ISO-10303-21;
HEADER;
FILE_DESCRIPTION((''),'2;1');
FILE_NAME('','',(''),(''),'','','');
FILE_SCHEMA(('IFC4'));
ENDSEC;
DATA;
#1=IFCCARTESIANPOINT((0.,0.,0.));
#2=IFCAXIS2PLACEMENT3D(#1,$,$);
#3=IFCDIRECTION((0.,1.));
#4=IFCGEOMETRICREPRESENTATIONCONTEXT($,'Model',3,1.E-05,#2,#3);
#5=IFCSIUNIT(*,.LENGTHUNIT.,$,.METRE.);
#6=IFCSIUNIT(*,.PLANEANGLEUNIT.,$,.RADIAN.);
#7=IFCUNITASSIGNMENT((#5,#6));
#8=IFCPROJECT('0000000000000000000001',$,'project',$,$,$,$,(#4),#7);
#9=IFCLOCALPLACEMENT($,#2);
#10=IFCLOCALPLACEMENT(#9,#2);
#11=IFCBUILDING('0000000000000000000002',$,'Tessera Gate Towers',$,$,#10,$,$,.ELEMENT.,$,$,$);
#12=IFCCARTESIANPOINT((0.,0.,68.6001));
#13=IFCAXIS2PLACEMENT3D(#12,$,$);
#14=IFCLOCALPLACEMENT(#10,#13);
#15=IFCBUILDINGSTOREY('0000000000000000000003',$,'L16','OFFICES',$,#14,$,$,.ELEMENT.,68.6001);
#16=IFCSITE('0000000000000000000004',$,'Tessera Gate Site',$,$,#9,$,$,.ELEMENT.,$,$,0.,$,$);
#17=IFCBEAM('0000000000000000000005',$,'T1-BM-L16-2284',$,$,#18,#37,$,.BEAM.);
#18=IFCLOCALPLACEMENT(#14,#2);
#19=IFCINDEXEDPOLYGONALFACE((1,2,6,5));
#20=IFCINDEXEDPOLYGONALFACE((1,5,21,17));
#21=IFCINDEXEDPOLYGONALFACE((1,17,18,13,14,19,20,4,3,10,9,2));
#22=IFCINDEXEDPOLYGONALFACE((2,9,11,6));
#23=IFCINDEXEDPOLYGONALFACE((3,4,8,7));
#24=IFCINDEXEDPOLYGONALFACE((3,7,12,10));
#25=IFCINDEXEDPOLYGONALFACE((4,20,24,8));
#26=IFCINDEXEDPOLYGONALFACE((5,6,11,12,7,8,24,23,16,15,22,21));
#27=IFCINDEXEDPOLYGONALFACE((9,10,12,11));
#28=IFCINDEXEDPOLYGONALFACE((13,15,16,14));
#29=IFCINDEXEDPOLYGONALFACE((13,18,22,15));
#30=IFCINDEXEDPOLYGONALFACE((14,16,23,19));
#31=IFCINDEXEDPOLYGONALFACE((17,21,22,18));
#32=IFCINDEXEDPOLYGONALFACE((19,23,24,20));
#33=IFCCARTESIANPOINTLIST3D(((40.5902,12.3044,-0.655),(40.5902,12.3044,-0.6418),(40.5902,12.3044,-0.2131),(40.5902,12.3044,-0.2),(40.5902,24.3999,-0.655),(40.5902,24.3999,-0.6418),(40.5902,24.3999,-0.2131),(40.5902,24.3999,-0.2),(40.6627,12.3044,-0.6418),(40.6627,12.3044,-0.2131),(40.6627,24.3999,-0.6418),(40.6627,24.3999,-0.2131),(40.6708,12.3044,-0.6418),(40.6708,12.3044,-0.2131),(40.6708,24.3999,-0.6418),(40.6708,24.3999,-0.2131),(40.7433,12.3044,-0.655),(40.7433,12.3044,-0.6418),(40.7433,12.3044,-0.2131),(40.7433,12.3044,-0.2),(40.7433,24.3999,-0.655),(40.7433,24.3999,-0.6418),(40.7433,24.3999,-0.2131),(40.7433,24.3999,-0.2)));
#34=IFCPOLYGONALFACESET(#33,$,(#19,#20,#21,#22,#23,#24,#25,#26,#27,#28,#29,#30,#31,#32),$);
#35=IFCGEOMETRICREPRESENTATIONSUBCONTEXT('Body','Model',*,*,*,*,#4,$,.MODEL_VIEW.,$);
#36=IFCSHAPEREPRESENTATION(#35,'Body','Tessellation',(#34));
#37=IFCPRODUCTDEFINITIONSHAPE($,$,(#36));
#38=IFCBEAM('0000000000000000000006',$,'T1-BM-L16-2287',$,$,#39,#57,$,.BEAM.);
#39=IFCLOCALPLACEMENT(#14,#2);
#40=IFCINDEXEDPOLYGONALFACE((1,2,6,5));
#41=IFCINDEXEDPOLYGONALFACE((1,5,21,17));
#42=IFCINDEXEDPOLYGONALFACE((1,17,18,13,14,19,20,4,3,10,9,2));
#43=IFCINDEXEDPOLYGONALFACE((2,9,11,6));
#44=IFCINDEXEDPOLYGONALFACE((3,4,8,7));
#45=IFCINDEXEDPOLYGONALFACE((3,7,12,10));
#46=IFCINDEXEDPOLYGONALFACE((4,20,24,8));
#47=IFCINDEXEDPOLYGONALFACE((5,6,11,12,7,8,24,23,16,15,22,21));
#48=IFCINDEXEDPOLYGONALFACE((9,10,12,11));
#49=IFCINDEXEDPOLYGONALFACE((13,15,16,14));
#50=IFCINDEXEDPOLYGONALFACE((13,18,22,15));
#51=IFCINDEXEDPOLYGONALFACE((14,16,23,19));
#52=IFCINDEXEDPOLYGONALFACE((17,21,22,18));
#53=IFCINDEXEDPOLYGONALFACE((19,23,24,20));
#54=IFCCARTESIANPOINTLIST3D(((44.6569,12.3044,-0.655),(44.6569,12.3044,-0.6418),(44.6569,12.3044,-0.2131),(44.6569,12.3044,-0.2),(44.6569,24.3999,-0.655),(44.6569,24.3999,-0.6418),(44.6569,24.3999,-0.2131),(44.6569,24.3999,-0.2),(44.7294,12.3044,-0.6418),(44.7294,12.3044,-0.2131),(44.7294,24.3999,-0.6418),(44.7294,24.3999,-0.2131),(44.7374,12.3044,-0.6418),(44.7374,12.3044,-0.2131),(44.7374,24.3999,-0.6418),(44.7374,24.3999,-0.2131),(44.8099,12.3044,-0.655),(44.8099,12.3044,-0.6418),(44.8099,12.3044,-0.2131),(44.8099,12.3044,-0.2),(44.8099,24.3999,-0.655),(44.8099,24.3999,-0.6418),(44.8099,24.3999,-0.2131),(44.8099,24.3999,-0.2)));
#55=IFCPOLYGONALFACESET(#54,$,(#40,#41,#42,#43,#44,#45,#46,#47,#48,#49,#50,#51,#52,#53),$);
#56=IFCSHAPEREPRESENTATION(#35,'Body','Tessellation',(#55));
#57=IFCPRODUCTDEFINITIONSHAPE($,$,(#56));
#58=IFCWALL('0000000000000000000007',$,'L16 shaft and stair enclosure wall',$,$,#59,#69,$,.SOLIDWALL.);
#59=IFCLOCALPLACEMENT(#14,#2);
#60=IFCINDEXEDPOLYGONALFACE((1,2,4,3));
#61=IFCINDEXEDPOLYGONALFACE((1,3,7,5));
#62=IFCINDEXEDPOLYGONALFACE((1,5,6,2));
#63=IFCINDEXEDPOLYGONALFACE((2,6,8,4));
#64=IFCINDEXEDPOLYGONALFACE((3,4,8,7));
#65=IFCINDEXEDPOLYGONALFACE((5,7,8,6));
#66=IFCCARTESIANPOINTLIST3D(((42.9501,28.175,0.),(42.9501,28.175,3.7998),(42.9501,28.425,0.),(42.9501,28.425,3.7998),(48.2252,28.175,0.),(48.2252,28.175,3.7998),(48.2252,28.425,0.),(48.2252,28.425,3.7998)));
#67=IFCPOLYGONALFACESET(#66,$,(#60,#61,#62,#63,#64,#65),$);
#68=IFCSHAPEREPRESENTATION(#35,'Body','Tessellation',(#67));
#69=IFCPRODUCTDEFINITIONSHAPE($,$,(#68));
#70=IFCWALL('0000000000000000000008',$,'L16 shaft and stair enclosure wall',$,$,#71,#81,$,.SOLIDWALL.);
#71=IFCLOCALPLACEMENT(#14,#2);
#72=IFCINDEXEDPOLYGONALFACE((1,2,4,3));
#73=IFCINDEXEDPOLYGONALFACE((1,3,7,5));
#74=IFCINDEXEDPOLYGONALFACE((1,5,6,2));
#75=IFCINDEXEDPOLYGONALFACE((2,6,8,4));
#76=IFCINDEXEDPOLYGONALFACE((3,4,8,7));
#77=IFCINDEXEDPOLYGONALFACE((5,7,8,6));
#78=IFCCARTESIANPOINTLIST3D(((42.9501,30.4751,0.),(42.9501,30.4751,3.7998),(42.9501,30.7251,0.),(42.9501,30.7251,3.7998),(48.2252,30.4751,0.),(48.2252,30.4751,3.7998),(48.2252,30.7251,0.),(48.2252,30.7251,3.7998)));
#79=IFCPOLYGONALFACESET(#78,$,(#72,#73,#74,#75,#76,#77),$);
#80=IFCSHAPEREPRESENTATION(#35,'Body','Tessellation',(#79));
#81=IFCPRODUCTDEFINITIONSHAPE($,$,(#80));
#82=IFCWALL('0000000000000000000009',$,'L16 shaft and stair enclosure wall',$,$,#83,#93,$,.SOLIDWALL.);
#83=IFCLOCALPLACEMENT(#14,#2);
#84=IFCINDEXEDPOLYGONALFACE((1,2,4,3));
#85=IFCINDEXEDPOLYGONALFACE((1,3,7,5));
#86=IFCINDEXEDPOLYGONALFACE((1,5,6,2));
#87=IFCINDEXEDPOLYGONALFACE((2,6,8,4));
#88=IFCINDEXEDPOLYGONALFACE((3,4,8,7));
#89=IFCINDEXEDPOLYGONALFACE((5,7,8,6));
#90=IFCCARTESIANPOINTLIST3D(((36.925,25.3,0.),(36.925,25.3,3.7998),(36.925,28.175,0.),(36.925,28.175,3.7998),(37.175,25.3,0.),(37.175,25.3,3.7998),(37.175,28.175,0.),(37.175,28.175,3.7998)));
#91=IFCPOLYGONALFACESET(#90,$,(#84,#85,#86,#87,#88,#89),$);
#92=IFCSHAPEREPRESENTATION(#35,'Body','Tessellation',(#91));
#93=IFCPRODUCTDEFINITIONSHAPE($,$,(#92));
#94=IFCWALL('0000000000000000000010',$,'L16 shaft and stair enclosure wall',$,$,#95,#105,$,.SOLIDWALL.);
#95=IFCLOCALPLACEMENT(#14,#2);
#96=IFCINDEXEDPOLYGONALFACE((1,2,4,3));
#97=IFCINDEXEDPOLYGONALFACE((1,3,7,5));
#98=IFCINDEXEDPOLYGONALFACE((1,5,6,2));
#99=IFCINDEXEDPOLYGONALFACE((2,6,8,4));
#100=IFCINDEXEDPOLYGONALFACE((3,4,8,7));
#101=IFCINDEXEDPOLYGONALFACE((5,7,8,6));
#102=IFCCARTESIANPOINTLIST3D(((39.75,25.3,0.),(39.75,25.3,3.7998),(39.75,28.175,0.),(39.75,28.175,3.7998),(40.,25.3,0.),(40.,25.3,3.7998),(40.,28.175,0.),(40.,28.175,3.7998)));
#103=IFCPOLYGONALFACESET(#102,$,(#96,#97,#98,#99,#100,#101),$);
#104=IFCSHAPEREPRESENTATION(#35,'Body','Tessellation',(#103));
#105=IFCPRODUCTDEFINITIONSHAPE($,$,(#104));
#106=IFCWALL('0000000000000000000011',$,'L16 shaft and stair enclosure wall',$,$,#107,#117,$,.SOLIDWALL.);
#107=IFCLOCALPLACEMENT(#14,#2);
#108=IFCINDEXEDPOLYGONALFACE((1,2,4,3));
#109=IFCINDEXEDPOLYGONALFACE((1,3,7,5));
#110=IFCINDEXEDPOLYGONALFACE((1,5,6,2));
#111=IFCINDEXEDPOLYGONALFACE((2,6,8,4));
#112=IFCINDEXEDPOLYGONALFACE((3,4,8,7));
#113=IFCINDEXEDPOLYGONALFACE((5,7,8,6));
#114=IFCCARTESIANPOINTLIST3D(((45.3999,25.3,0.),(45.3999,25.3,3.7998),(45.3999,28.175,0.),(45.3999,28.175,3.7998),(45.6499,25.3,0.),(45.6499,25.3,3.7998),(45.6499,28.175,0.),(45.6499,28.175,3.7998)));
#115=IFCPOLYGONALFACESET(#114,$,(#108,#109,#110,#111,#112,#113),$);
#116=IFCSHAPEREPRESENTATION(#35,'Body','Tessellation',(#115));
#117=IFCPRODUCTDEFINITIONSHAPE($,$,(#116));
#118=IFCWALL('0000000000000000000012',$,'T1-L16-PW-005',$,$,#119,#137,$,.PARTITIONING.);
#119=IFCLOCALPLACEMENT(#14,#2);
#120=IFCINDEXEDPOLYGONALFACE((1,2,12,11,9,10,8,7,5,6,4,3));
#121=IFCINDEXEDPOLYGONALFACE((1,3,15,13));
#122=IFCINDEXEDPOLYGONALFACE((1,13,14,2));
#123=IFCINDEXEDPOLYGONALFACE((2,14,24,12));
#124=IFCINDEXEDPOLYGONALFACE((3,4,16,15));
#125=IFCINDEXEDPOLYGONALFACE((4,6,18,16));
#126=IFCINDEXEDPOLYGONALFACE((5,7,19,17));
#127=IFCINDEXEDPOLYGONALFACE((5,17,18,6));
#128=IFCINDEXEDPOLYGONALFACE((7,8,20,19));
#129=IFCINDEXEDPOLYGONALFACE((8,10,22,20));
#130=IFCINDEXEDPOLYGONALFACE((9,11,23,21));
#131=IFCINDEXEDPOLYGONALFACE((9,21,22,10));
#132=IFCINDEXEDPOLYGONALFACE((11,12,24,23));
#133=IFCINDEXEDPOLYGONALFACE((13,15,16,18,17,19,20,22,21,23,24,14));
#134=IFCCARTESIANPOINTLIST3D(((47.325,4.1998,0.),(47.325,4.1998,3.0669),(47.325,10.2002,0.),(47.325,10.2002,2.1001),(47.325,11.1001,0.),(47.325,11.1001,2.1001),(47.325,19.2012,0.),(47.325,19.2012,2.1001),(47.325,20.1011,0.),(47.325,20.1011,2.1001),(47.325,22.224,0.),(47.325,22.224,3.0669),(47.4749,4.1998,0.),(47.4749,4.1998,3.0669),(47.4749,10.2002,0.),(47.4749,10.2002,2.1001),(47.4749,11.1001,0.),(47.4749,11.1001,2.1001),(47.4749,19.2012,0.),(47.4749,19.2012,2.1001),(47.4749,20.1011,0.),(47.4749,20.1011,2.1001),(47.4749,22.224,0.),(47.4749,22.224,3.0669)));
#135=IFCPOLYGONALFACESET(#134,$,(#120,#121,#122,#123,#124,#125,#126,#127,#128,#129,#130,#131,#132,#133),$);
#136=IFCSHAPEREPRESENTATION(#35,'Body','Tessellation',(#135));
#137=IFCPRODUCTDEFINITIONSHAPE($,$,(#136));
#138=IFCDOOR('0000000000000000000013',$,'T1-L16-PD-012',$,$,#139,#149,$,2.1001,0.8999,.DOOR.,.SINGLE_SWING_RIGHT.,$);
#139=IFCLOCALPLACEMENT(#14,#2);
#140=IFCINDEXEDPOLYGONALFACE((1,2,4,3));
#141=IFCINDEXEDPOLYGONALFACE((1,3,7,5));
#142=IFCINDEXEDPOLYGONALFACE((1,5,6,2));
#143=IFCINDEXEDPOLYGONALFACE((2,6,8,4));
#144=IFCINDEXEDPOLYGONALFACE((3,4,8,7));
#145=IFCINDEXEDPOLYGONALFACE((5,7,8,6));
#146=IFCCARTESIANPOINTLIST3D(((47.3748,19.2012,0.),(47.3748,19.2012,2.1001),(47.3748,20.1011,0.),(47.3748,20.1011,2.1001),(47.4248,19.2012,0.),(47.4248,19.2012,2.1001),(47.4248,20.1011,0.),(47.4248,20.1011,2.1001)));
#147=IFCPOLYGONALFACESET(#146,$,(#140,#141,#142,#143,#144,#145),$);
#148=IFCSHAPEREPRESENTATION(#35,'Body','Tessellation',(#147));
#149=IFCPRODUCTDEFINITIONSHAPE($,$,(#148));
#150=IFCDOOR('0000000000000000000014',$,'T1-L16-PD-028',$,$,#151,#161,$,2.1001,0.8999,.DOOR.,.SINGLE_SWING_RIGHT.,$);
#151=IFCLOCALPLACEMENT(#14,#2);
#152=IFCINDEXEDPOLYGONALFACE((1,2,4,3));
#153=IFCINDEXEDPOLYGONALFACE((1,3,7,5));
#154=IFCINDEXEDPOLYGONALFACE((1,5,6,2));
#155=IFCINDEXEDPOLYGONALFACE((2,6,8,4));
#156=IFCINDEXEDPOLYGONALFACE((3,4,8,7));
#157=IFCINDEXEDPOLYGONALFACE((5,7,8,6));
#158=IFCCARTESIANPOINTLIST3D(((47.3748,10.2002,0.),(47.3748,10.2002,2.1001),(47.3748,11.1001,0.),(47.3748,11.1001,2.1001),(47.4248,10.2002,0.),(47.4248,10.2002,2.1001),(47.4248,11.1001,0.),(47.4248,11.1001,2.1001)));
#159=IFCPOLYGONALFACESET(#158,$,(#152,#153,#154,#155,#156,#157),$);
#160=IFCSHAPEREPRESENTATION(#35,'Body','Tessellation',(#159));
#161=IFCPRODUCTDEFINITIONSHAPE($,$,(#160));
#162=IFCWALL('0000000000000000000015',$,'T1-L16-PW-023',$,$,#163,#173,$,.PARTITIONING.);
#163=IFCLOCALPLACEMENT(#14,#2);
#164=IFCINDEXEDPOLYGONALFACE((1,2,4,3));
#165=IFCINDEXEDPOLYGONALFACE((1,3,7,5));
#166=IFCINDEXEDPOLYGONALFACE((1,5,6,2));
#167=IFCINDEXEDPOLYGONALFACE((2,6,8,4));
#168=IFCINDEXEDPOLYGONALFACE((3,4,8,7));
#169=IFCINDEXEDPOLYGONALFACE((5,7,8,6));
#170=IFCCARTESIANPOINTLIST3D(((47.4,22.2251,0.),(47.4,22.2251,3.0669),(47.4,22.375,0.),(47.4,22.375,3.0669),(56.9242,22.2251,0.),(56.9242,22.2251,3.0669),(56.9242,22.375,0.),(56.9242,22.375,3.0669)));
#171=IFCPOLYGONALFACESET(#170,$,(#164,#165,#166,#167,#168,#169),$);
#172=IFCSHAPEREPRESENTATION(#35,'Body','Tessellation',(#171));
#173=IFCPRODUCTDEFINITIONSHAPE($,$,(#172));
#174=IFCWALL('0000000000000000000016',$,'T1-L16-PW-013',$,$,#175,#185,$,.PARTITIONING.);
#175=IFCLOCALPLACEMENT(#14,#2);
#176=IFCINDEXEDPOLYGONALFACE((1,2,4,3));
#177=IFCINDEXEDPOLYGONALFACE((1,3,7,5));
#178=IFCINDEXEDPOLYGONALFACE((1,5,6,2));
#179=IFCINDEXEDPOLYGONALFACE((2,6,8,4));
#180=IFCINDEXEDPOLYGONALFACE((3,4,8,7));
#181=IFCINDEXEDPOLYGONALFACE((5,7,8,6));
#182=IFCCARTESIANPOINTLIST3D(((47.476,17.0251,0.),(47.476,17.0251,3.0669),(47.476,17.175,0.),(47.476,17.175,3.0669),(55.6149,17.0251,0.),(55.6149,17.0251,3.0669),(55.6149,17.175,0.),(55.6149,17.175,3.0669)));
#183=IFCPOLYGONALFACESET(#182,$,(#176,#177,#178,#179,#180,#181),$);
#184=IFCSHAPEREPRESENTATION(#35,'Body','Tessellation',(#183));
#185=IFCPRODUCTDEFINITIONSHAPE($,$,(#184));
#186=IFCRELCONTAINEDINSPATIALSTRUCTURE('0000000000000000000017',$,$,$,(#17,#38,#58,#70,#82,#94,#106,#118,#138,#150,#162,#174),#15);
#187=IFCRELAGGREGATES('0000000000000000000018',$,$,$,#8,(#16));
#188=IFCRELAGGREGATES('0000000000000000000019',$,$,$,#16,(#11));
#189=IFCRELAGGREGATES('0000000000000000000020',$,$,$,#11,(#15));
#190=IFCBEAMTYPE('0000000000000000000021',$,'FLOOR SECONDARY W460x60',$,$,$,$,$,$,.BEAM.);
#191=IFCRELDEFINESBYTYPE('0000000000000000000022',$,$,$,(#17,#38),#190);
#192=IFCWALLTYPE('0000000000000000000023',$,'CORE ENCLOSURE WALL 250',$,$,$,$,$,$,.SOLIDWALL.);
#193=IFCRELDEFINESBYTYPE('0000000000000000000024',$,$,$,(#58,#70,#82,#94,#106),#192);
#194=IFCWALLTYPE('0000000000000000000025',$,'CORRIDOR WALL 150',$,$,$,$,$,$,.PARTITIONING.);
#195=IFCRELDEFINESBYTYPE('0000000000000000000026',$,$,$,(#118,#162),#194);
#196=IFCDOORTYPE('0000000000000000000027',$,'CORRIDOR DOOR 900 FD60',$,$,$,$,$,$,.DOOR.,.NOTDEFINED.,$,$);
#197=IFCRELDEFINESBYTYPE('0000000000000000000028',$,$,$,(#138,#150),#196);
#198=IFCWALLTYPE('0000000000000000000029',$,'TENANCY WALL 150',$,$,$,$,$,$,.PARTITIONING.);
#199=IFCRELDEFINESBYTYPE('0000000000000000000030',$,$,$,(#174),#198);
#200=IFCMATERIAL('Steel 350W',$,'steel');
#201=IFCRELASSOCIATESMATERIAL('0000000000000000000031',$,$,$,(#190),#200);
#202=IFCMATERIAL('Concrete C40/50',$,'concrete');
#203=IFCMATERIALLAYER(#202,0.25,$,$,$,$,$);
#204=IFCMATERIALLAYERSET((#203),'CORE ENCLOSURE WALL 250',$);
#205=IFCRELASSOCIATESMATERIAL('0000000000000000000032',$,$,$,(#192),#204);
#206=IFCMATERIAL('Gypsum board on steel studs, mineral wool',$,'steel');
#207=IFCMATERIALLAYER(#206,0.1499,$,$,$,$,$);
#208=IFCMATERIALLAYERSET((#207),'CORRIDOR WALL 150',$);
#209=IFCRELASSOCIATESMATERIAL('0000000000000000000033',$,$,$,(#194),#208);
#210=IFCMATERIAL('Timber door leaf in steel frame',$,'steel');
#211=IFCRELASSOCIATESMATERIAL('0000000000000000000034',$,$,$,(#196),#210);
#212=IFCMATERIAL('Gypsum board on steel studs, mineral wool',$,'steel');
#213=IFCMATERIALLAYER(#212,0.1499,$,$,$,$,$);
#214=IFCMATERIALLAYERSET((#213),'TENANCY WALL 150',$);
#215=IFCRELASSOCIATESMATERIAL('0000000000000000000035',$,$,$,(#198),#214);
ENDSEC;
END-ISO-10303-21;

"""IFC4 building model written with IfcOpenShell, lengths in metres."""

from ifc_helpers import new_model, si_unit, direction, frame, frame_2d, origin, origin_2d, place, context, subcontext, project, spatial, rectangle, i_section, extrude, source, transform, mapped, material, layer, layer_set, material_profile, profile_set, type_object, element, fill, save


model = new_model("IFC4")

# Units and contexts
model_context = context("Model", 3, precision=1e-05, world=origin(), true_north=direction((0.0, 1.0)))
body_context = subcontext(model_context, "Body", "Model", "MODEL_VIEW")
ifc_project = project(units=[si_unit("LENGTHUNIT", "METRE"), si_unit("PLANEANGLEUNIT", "RADIAN")], contexts=[model_context])

# Site, building, storey
site_placement = place(None, origin())
site = spatial("IfcSite", under=ifc_project, at=site_placement, Name="Tessera Gate Site", CompositionType="ELEMENT", RefElevation=0.0)
building_placement = place(site_placement, origin())
building = spatial("IfcBuilding", under=site, at=building_placement, Name="Tessera Gate Towers", CompositionType="ELEMENT")
storey_placement = place(building_placement, frame((0.0, 0.0, 68.6001)))
storey = spatial("IfcBuildingStorey", under=building, at=storey_placement, Name="L16", Description="OFFICES", CompositionType="ELEMENT", Elevation=68.6001)

# Beams
ifc_material_1 = material(Name="Steel 350W", Category="steel")
ifc_material_profile = material_profile(ifc_material_1, i_section(OverallWidth=0.1531, OverallDepth=0.4551, WebThickness=0.0081, FlangeThickness=0.0132, at=origin_2d()), Name="W460x60")
ifc_profile_set = profile_set([ifc_material_profile], Name="Steel 350W")
beam_type = type_object("IfcBeamType", Name="FLOOR SECONDARY W460x60", PredefinedType="BEAM", material=ifc_profile_set)
for number, where, z_axis, x_axis, name in (
    (1, (40.6667, 12.3044, -0.4275), (0.0, 1.0, 0.0), (-1.0, 0.0, 0.0), "T1-BM-L16-2284"),
    (2, (44.7334, 12.3044, -0.4275), (0.0, 1.0, 0.0), (-1.0, 0.0, 0.0), "T1-BM-L16-2287"),
):
    element("IfcBeam", number, at=place(storey_placement, frame(where, z_axis=z_axis, x_axis=x_axis)), inside=storey, type_object=beam_type, Name=name, PredefinedType="BEAM", context=body_context, shape_type="SweptSolid", body=[
        extrude(i_section(OverallWidth=0.1531, OverallDepth=0.4551, WebThickness=0.0081, FlangeThickness=0.0132, at=origin_2d()), origin(), (0.0, 0.0, 1.0), 12.0955),
    ])

# Walls
ifc_material_2 = material(Name="Concrete C40/50", Category="concrete")
ifc_layer_1 = layer(ifc_material_2, 0.25)
ifc_layer_set_1 = layer_set([ifc_layer_1], Name="CORE ENCLOSURE WALL 250")
wall_type_1 = type_object("IfcWallType", Name="CORE ENCLOSURE WALL 250", PredefinedType="SOLIDWALL", material=ifc_layer_set_1)
for number, where, z_axis, x_axis, name in (
    (3, (42.95, 28.3, 0.0), (0.0, 0.0, 1.0), (1.0, 0.0, 0.0), "L16 shaft and stair enclosure wall"),
    (4, (42.95, 30.6001, 0.0), (0.0, 0.0, 1.0), (1.0, 0.0, 0.0), "L16 shaft and stair enclosure wall"),
):
    element("IfcWall", number, at=place(storey_placement, frame(where, z_axis=z_axis, x_axis=x_axis)), inside=storey, type_object=wall_type_1, Name=name, PredefinedType="SOLIDWALL", context=body_context, shape_type="SweptSolid", body=[
        extrude(rectangle(XDim=5.2751, YDim=0.25, at=frame_2d((2.6377, 0.0))), origin(), (0.0, 0.0, 1.0), 3.7998),
    ])
for number, where, z_axis, x_axis, name in (
    (5, (37.05, 25.3, 0.0), (0.0, 0.0, 1.0), (0.0, 1.0, 0.0), "L16 shaft and stair enclosure wall"),
    (6, (39.875, 25.3, 0.0), (0.0, 0.0, 1.0), (0.0, 1.0, 0.0), "L16 shaft and stair enclosure wall"),
    (7, (45.5249, 25.3, 0.0), (0.0, 0.0, 1.0), (0.0, 1.0, 0.0), "L16 shaft and stair enclosure wall"),
):
    element("IfcWall", number, at=place(storey_placement, frame(where, z_axis=z_axis, x_axis=x_axis)), inside=storey, type_object=wall_type_1, Name=name, PredefinedType="SOLIDWALL", context=body_context, shape_type="SweptSolid", body=[
        extrude(rectangle(XDim=2.875, YDim=0.25, at=frame_2d((1.4375, 0.0))), origin(), (0.0, 0.0, 1.0), 3.7998),
    ])

# Wall, openings, doors
ifc_material_3 = material(Name="Gypsum board on steel studs, mineral wool", Category="steel")
ifc_layer_2 = layer(ifc_material_3, 0.1499)
ifc_layer_set_2 = layer_set([ifc_layer_2], Name="CORRIDOR WALL 150")
wall_type_2 = type_object("IfcWallType", Name="CORRIDOR WALL 150", PredefinedType="PARTITIONING", material=ifc_layer_set_2)
wall_1_placement = place(storey_placement, frame((47.3999, 22.2241, 0.0), z_axis=(0.0, 0.0, 1.0), x_axis=(0.0, -1.0, 0.0)))
wall_1 = element("IfcWall", 8, at=wall_1_placement, inside=storey, type_object=wall_type_2, Name="T1-L16-PW-005", PredefinedType="PARTITIONING", context=body_context, shape_type="SweptSolid", body=[
    extrude(rectangle(XDim=18.0242, YDim=0.1499, at=frame_2d((9.0122, 0.0))), origin(), (0.0, 0.0, 1.0), 3.0669),
])
shared_shape_1 = source(origin(), body_context, "Body", "SweptSolid", [
    extrude(rectangle(XDim=0.8999, YDim=2.1001, at=frame_2d((0.45, 1.05))), frame((0.0, 0.085, 0.0), z_axis=(0.0, -1.0, 0.0), x_axis=(1.0, 0.0, 0.0)), (0.0, 0.0, 1.0), 0.1699),
])
opening_1_placement = place(wall_1_placement, frame((2.123, 0.0, 0.0)))
opening_1 = element("IfcOpeningElement", 9, at=opening_1_placement, cuts=wall_1, PredefinedType="OPENING", context=body_context, shape_type="MappedRepresentation", body=[
    mapped(shared_shape_1, transform((0.0, 0.0, 0.0), scale=1.0)),
])
opening_2_placement = place(wall_1_placement, frame((11.124, 0.0, 0.0)))
opening_2 = element("IfcOpeningElement", 10, at=opening_2_placement, cuts=wall_1, PredefinedType="OPENING", context=body_context, shape_type="MappedRepresentation", body=[
    mapped(shared_shape_1, transform((0.0, 0.0, 0.0), scale=1.0)),
])
ifc_material_4 = material(Name="Timber door leaf in steel frame", Category="steel")
door_type = type_object("IfcDoorType", Name="CORRIDOR DOOR 900 FD60", OperationType="NOTDEFINED", PredefinedType="DOOR", material=ifc_material_4)
shared_shape_2 = source(origin(), body_context, "Body", "SweptSolid", [
    extrude(rectangle(XDim=0.8999, YDim=2.1001, at=frame_2d((0.45, 1.05))), frame((0.0, 0.0249, 0.0), z_axis=(0.0, -1.0, 0.0), x_axis=(1.0, 0.0, 0.0)), (0.0, 0.0, 1.0), 0.05),
])
door_1_placement = place(opening_1_placement, origin())
door_1 = element("IfcDoor", 11, at=door_1_placement, inside=storey, type_object=door_type, Name="T1-L16-PD-012", OperationType="SINGLE_SWING_RIGHT", OverallHeight=2.1001, OverallWidth=0.8999, PredefinedType="DOOR", context=body_context, shape_type="MappedRepresentation", body=[
    mapped(shared_shape_2, transform((0.0, 0.0, 0.0), scale=1.0)),
])
fill(opening_1, door_1)
door_2_placement = place(opening_2_placement, origin())
door_2 = element("IfcDoor", 12, at=door_2_placement, inside=storey, type_object=door_type, Name="T1-L16-PD-028", OperationType="SINGLE_SWING_RIGHT", OverallHeight=2.1001, OverallWidth=0.8999, PredefinedType="DOOR", context=body_context, shape_type="MappedRepresentation", body=[
    mapped(shared_shape_2, transform((0.0, 0.0, 0.0), scale=1.0)),
])
fill(opening_2, door_2)

# Walls
wall_2_placement = place(storey_placement, frame((47.3999, 22.3, 0.0), z_axis=(0.0, 0.0, 1.0), x_axis=(1.0, 0.0, 0.0)))
element("IfcWall", 13, at=wall_2_placement, inside=storey, type_object=wall_type_2, Name="T1-L16-PW-023", PredefinedType="PARTITIONING", context=body_context, shape_type="SweptSolid", body=[
    extrude(rectangle(XDim=9.5242, YDim=0.1499, at=frame_2d((4.7622, 0.0))), origin(), (0.0, 0.0, 1.0), 3.0669),
])
ifc_material_5 = material(Name="Gypsum board on steel studs, mineral wool", Category="steel")
ifc_layer_3 = layer(ifc_material_5, 0.1499)
ifc_layer_set_3 = layer_set([ifc_layer_3], Name="TENANCY WALL 150")
wall_type_3 = type_object("IfcWallType", Name="TENANCY WALL 150", PredefinedType="PARTITIONING", material=ifc_layer_set_3)
wall_3_placement = place(storey_placement, frame((47.4761, 17.1001, 0.0), z_axis=(0.0, 0.0, 1.0), x_axis=(1.0, 0.0, 0.0)))
element("IfcWall", 14, at=wall_3_placement, inside=storey, type_object=wall_type_3, Name="T1-L16-PW-013", PredefinedType="PARTITIONING", context=body_context, shape_type="SweptSolid", body=[
    extrude(rectangle(XDim=8.1389, YDim=0.1499, at=frame_2d((4.0693, 0.0))), origin(), (0.0, 0.0, 1.0), 3.0669),
])

save(model, "model.ifc")
